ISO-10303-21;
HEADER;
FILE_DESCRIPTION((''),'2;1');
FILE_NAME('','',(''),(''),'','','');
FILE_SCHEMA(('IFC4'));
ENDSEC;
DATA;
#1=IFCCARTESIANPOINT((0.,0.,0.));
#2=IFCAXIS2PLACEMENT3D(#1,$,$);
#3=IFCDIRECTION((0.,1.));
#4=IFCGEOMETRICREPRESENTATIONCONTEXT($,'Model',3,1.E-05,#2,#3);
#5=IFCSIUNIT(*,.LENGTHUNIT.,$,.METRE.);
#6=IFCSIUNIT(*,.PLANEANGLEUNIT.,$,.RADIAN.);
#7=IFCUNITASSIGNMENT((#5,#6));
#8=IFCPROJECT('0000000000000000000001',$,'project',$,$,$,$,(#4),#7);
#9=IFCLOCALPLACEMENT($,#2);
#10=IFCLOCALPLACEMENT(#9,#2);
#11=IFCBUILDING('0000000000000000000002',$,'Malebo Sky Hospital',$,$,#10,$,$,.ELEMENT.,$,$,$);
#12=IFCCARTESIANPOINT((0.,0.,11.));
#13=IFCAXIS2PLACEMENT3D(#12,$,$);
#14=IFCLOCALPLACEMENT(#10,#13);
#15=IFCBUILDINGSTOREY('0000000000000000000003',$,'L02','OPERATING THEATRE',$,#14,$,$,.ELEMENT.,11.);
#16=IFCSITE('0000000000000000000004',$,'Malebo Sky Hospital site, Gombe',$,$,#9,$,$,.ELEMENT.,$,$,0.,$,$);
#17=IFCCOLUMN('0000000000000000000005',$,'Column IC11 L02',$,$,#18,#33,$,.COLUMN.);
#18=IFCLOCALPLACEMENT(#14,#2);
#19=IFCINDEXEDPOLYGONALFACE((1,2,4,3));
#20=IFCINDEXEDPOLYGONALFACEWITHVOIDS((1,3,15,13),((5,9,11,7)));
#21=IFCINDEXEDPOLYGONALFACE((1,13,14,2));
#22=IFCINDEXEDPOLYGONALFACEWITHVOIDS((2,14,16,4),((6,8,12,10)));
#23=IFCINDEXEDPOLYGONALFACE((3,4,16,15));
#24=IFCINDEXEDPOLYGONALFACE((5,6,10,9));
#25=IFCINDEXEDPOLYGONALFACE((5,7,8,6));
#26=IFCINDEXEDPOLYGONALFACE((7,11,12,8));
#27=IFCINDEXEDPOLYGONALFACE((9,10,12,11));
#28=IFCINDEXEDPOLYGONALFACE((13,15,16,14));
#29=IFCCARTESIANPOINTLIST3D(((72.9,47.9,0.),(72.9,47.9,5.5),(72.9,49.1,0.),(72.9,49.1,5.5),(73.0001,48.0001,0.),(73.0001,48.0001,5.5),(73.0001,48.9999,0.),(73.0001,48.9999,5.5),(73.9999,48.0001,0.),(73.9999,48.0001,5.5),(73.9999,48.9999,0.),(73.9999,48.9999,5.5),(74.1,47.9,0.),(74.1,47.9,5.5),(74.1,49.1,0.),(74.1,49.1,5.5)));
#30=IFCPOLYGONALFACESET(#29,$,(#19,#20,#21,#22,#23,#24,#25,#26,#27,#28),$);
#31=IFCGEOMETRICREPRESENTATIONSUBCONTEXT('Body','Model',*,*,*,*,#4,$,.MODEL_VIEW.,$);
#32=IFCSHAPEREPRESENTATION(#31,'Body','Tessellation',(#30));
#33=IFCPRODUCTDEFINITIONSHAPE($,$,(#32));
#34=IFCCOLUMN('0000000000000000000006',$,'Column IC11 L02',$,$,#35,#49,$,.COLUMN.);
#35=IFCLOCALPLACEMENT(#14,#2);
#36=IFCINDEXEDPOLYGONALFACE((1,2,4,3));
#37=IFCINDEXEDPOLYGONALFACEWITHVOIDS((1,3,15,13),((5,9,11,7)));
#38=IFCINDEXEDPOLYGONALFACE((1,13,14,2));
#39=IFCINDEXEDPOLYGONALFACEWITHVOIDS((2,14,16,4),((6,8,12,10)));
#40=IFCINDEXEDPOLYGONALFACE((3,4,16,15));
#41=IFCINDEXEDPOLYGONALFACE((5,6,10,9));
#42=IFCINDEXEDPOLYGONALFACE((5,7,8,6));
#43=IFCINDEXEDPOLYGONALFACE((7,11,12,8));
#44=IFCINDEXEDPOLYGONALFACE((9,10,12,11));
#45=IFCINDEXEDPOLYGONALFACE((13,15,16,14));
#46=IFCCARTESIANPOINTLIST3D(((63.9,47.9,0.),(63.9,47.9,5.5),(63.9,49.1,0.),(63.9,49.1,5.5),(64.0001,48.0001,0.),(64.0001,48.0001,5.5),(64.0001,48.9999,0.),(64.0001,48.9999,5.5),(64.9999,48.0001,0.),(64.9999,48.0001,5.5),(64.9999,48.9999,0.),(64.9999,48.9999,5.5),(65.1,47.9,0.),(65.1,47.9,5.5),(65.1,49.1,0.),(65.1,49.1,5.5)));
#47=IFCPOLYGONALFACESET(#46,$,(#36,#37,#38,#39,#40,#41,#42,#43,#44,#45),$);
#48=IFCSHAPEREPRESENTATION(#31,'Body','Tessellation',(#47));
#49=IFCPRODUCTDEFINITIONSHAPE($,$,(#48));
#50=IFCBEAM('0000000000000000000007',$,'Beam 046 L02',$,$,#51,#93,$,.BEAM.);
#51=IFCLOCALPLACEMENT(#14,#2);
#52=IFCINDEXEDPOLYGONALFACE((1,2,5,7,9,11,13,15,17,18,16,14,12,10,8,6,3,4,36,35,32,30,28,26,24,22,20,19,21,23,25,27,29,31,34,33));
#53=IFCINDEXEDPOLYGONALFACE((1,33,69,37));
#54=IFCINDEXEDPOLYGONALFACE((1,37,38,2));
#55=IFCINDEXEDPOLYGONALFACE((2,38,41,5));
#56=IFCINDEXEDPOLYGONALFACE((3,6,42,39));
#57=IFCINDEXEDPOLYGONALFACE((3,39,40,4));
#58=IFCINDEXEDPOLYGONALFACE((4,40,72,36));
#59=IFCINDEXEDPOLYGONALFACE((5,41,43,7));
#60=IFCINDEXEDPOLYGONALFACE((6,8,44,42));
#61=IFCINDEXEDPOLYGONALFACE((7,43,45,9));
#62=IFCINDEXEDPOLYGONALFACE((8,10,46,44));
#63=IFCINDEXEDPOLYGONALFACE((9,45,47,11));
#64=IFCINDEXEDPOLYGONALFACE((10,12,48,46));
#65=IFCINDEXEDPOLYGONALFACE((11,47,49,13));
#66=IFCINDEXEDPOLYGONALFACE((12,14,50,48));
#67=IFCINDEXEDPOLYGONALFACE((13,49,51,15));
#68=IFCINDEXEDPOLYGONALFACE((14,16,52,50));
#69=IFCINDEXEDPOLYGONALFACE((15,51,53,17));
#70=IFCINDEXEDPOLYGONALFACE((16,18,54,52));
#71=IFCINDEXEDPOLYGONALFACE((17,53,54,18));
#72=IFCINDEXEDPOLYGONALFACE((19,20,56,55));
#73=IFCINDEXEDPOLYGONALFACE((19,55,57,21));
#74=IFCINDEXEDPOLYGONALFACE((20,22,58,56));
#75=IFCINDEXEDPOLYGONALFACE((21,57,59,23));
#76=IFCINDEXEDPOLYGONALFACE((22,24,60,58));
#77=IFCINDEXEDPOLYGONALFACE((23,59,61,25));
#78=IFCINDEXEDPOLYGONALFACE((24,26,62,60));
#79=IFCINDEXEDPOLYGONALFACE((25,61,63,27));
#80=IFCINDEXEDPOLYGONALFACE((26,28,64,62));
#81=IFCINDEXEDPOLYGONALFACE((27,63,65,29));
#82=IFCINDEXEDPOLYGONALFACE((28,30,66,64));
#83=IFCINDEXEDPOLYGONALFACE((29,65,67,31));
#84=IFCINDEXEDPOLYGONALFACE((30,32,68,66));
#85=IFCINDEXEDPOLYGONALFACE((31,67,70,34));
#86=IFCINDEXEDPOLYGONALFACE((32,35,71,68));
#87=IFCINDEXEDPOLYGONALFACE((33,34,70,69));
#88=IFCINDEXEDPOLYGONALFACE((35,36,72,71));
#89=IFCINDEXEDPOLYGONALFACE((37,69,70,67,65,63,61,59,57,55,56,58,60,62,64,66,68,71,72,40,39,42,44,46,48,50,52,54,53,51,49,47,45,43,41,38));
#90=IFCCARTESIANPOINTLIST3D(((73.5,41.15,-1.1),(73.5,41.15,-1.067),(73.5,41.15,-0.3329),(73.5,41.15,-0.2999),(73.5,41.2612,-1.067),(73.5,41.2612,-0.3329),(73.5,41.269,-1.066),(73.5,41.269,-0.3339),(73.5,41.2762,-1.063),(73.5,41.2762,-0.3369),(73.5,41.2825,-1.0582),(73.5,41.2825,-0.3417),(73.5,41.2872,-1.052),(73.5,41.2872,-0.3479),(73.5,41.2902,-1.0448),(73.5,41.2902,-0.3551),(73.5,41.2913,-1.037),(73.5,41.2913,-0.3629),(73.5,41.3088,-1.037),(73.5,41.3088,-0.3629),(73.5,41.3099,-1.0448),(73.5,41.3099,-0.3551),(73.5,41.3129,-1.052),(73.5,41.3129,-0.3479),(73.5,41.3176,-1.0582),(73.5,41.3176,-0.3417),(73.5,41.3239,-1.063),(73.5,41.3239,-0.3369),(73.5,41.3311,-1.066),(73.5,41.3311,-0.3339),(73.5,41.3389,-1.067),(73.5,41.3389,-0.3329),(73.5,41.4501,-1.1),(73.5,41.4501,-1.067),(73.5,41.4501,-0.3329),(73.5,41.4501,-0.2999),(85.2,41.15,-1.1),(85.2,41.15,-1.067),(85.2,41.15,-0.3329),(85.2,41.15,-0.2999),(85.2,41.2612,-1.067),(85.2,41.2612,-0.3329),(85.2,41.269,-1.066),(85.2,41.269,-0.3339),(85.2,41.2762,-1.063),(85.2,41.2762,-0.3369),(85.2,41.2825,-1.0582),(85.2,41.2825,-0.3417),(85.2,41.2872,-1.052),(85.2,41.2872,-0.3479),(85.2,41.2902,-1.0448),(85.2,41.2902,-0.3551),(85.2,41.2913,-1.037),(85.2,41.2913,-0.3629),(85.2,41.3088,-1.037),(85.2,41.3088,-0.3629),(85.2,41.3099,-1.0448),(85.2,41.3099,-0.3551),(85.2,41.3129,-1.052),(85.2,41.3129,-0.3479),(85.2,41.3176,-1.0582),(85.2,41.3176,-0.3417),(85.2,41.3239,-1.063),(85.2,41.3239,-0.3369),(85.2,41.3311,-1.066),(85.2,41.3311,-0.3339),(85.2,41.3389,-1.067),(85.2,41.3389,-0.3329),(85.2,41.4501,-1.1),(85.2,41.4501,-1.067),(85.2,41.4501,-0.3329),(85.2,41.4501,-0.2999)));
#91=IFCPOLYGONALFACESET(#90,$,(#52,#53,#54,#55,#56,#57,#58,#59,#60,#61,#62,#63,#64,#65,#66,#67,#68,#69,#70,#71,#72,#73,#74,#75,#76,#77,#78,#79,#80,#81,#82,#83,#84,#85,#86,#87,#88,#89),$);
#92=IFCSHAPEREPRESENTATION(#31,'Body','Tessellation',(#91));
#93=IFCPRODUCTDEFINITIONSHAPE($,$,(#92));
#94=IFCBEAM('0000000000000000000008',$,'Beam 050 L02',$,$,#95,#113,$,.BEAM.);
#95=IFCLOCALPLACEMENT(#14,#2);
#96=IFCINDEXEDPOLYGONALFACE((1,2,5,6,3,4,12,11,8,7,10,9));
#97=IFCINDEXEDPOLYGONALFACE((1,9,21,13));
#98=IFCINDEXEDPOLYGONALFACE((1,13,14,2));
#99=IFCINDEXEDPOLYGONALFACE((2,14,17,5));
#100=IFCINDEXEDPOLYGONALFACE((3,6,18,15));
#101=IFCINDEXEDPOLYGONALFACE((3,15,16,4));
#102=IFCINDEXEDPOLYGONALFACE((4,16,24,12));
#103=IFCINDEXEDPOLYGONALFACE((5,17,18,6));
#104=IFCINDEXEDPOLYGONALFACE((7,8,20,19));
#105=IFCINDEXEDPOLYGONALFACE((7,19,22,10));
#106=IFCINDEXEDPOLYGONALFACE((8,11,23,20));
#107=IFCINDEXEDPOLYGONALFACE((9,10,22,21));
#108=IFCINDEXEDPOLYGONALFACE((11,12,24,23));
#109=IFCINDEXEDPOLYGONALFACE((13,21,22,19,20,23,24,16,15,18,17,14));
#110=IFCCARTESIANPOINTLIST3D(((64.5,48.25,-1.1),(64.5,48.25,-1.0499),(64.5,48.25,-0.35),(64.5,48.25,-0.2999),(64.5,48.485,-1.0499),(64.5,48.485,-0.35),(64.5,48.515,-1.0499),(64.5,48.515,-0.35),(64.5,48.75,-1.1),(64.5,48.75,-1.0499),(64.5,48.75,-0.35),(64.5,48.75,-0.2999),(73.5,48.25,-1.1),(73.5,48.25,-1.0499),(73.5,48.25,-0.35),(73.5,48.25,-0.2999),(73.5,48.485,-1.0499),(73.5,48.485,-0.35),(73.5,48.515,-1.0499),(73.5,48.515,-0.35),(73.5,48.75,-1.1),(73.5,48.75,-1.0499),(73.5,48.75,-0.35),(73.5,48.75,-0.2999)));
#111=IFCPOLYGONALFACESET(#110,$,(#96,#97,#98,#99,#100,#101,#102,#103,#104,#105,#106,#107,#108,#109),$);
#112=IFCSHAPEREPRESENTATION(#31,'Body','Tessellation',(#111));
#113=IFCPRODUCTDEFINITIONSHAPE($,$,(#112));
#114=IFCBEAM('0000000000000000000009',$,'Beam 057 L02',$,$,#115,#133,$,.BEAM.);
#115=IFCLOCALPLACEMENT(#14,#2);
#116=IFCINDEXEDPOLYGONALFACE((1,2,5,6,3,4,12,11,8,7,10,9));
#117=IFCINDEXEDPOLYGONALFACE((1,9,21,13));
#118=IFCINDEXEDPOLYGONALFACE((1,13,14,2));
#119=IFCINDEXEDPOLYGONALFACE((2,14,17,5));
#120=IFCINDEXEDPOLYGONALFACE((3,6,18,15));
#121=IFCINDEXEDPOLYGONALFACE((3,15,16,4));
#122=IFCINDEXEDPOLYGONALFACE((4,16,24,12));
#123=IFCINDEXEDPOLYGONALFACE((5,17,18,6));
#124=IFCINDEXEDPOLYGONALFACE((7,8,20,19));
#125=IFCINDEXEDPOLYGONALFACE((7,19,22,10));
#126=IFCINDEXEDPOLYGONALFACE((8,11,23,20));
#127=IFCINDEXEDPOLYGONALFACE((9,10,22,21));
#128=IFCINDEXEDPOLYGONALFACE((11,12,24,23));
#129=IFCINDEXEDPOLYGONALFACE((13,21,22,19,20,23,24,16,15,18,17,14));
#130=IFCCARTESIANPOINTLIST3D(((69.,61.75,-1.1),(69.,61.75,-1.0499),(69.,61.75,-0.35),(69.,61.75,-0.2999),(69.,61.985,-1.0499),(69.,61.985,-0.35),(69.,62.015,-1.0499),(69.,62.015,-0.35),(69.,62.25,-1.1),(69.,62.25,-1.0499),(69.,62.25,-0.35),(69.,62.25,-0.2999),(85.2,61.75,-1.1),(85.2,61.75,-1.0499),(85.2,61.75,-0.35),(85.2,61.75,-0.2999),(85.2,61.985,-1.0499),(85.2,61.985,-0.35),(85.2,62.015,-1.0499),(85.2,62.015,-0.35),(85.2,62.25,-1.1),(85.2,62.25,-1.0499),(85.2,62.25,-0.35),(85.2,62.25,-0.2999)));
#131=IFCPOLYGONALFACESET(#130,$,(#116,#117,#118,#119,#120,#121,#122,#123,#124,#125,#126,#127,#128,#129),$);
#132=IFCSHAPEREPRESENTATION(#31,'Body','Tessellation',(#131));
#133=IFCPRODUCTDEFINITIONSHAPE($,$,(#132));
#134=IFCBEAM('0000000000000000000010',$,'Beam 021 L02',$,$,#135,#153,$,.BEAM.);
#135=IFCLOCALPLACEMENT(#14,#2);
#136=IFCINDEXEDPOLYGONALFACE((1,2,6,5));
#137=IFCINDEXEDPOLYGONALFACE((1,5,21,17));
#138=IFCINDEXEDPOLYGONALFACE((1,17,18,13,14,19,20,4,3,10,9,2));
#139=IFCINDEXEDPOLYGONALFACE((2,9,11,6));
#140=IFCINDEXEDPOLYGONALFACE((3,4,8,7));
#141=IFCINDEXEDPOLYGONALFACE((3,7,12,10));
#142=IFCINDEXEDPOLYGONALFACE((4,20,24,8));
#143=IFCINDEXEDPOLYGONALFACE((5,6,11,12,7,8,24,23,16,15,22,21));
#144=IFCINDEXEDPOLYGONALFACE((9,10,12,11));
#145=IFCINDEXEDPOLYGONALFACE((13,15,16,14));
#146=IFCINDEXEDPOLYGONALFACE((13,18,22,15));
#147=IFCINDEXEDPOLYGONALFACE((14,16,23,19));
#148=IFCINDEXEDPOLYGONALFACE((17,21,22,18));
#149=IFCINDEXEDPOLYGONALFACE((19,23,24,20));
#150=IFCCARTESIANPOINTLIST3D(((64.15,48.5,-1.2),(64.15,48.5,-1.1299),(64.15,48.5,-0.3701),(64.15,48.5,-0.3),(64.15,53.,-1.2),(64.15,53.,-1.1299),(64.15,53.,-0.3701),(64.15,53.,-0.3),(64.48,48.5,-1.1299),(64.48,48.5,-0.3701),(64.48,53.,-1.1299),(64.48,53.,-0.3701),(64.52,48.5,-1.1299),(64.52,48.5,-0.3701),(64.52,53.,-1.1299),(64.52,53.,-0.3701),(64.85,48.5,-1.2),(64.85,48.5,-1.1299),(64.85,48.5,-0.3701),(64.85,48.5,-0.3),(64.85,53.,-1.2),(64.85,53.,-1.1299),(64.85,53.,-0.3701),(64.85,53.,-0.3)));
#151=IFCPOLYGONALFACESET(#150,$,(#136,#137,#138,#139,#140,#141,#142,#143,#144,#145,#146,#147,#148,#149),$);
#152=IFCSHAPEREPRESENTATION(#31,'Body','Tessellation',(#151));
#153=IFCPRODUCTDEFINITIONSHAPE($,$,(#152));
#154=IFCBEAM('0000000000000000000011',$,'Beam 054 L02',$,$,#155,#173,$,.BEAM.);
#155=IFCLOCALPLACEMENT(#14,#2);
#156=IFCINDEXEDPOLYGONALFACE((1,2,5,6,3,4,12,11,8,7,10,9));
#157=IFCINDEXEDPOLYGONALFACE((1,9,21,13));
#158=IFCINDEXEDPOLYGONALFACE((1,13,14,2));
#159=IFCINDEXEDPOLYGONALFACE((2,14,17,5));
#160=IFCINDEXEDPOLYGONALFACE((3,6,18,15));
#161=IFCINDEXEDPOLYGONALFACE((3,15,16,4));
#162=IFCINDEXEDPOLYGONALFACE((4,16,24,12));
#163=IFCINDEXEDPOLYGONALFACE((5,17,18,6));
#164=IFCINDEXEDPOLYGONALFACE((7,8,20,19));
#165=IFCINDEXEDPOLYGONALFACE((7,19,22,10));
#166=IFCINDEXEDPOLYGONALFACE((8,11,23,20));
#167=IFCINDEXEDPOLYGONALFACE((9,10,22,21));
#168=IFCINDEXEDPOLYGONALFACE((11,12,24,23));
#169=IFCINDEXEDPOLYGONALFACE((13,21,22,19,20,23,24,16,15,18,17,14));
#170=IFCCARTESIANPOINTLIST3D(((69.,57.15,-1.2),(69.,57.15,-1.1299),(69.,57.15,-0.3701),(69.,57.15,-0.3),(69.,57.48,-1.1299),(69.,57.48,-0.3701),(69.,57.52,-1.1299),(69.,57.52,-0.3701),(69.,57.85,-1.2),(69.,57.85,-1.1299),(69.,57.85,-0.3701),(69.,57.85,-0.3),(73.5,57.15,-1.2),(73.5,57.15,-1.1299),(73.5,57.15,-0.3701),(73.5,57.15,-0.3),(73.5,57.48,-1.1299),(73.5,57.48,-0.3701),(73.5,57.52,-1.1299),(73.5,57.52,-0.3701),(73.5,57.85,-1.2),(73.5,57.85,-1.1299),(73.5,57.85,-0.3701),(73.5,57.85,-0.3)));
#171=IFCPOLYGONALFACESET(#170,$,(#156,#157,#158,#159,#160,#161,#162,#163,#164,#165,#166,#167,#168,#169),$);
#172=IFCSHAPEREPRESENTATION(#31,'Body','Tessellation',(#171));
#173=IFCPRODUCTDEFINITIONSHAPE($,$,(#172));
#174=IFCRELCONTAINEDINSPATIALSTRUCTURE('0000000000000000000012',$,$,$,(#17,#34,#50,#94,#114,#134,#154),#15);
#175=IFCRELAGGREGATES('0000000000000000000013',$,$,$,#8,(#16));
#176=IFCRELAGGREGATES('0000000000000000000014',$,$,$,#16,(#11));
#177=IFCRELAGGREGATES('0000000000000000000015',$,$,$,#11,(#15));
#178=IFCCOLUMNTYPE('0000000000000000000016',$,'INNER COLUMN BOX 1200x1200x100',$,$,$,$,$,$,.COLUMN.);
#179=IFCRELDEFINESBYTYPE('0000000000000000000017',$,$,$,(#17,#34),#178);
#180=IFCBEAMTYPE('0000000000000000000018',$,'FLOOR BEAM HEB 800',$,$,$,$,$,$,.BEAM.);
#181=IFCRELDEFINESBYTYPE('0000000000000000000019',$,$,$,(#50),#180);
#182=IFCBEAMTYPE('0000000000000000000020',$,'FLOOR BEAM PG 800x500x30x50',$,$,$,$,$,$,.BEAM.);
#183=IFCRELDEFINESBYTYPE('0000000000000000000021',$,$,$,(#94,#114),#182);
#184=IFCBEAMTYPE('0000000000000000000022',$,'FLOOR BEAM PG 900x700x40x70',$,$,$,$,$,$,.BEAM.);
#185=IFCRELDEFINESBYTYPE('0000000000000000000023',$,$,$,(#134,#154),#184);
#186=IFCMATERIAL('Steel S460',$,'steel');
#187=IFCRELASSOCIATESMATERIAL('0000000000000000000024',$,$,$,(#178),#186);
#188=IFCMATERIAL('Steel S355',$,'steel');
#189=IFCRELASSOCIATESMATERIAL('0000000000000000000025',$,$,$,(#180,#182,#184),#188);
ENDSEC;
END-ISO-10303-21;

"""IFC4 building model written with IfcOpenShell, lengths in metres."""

from ifc_helpers import new_model, si_unit, direction, frame, origin, origin_2d, place, context, subcontext, project, spatial, hollow_rectangle, i_section, extrude, material, material_profile, profile_set, type_object, element, save


model = new_model("IFC4")

# Units and contexts
model_context = context("Model", 3, precision=1e-05, world=origin(), true_north=direction((0.0, 1.0)))
body_context = subcontext(model_context, "Body", "Model", "MODEL_VIEW")
ifc_project = project(units=[si_unit("LENGTHUNIT", "METRE"), si_unit("PLANEANGLEUNIT", "RADIAN")], contexts=[model_context])

# Site, building, storey
site_placement = place(None, origin())
site = spatial("IfcSite", under=ifc_project, at=site_placement, Name="Malebo Sky Hospital site, Gombe", CompositionType="ELEMENT", RefElevation=0.0)
building_placement = place(site_placement, origin())
building = spatial("IfcBuilding", under=site, at=building_placement, Name="Malebo Sky Hospital", CompositionType="ELEMENT")
storey_placement = place(building_placement, frame((0.0, 0.0, 11.0)))
storey = spatial("IfcBuildingStorey", under=building, at=storey_placement, Name="L02", Description="OPERATING THEATRE", CompositionType="ELEMENT", Elevation=11.0)

# Columns
ifc_material_1 = material(Name="Steel S460", Category="steel")
ifc_material_profile_1 = material_profile(ifc_material_1, hollow_rectangle(XDim=1.2, YDim=1.2, WallThickness=0.1001, at=origin_2d()), Name="BOX 1200x1200x100")
ifc_profile_set_1 = profile_set([ifc_material_profile_1], Name="Steel S460")
column_type = type_object("IfcColumnType", Name="INNER COLUMN BOX 1200x1200x100", PredefinedType="COLUMN", material=ifc_profile_set_1)
for number, where, z_axis, x_axis, name in (
    (1, (73.5, 48.5, 0.0), (0.0, 0.0, 1.0), (1.0, 0.0, 0.0), "Column IC11 L02"),
    (2, (64.5, 48.5, 0.0), (0.0, 0.0, 1.0), (1.0, 0.0, 0.0), "Column IC11 L02"),
):
    element("IfcColumn", number, at=place(storey_placement, frame(where, z_axis=z_axis, x_axis=x_axis)), inside=storey, type_object=column_type, Name=name, PredefinedType="COLUMN", context=body_context, shape_type="SweptSolid", body=[
        extrude(hollow_rectangle(XDim=1.2, YDim=1.2, WallThickness=0.1001, at=origin_2d()), origin(), (0.0, 0.0, 1.0), 5.5),
    ])

# Beams
ifc_material_2 = material(Name="Steel S355", Category="steel")
ifc_material_profile_2 = material_profile(ifc_material_2, i_section(OverallWidth=0.3, OverallDepth=0.8, WebThickness=0.0176, FlangeThickness=0.033, FilletRadius=0.03, at=origin_2d()), Name="HEB 800")
ifc_profile_set_2 = profile_set([ifc_material_profile_2], Name="Steel S355")
beam_type_1 = type_object("IfcBeamType", Name="FLOOR BEAM HEB 800", PredefinedType="BEAM", material=ifc_profile_set_2)
beam_1_placement = place(storey_placement, frame((73.5, 41.3, -0.7), z_axis=(1.0, 0.0, 0.0), x_axis=(0.0, 1.0, 0.0)))
element("IfcBeam", 3, at=beam_1_placement, inside=storey, type_object=beam_type_1, Name="Beam 046 L02", PredefinedType="BEAM", context=body_context, shape_type="SweptSolid", body=[
    extrude(i_section(OverallWidth=0.3, OverallDepth=0.8, WebThickness=0.0176, FlangeThickness=0.033, FilletRadius=0.03, at=origin_2d()), origin(), (0.0, 0.0, 1.0), 11.7),
])
ifc_material_profile_3 = material_profile(ifc_material_2, i_section(OverallWidth=0.5, OverallDepth=0.8, WebThickness=0.03, FlangeThickness=0.05, at=origin_2d()), Name="PG 800x500x30x50")
ifc_profile_set_3 = profile_set([ifc_material_profile_3], Name="Steel S355")
beam_type_2 = type_object("IfcBeamType", Name="FLOOR BEAM PG 800x500x30x50", PredefinedType="BEAM", material=ifc_profile_set_3)
beam_2_placement = place(storey_placement, frame((64.5, 48.5, -0.7), z_axis=(1.0, 0.0, 0.0), x_axis=(0.0, 1.0, 0.0)))
element("IfcBeam", 4, at=beam_2_placement, inside=storey, type_object=beam_type_2, Name="Beam 050 L02", PredefinedType="BEAM", context=body_context, shape_type="SweptSolid", body=[
    extrude(i_section(OverallWidth=0.5, OverallDepth=0.8, WebThickness=0.03, FlangeThickness=0.05, at=origin_2d()), origin(), (0.0, 0.0, 1.0), 9.0),
])
beam_3_placement = place(storey_placement, frame((69.0, 62.0, -0.7), z_axis=(1.0, 0.0, 0.0), x_axis=(0.0, 1.0, 0.0)))
element("IfcBeam", 5, at=beam_3_placement, inside=storey, type_object=beam_type_2, Name="Beam 057 L02", PredefinedType="BEAM", context=body_context, shape_type="SweptSolid", body=[
    extrude(i_section(OverallWidth=0.5, OverallDepth=0.8, WebThickness=0.03, FlangeThickness=0.05, at=origin_2d()), origin(), (0.0, 0.0, 1.0), 16.2),
])
ifc_material_profile_4 = material_profile(ifc_material_2, i_section(OverallWidth=0.7, OverallDepth=0.8999, WebThickness=0.04, FlangeThickness=0.0701, at=origin_2d()), Name="PG 900x700x40x70")
ifc_profile_set_4 = profile_set([ifc_material_profile_4], Name="Steel S355")
beam_type_3 = type_object("IfcBeamType", Name="FLOOR BEAM PG 900x700x40x70", PredefinedType="BEAM", material=ifc_profile_set_4)
for number, where, z_axis, x_axis, name in (
    (6, (64.5, 48.5, -0.75), (0.0, 1.0, 0.0), (-1.0, 0.0, 0.0), "Beam 021 L02"),
    (7, (69.0, 57.5, -0.75), (1.0, 0.0, 0.0), (0.0, 1.0, 0.0), "Beam 054 L02"),
):
    element("IfcBeam", number, at=place(storey_placement, frame(where, z_axis=z_axis, x_axis=x_axis)), inside=storey, type_object=beam_type_3, Name=name, PredefinedType="BEAM", context=body_context, shape_type="SweptSolid", body=[
        extrude(i_section(OverallWidth=0.7, OverallDepth=0.8999, WebThickness=0.04, FlangeThickness=0.0701, at=origin_2d()), origin(), (0.0, 0.0, 1.0), 4.5),
    ])

save(model, "model.ifc")
